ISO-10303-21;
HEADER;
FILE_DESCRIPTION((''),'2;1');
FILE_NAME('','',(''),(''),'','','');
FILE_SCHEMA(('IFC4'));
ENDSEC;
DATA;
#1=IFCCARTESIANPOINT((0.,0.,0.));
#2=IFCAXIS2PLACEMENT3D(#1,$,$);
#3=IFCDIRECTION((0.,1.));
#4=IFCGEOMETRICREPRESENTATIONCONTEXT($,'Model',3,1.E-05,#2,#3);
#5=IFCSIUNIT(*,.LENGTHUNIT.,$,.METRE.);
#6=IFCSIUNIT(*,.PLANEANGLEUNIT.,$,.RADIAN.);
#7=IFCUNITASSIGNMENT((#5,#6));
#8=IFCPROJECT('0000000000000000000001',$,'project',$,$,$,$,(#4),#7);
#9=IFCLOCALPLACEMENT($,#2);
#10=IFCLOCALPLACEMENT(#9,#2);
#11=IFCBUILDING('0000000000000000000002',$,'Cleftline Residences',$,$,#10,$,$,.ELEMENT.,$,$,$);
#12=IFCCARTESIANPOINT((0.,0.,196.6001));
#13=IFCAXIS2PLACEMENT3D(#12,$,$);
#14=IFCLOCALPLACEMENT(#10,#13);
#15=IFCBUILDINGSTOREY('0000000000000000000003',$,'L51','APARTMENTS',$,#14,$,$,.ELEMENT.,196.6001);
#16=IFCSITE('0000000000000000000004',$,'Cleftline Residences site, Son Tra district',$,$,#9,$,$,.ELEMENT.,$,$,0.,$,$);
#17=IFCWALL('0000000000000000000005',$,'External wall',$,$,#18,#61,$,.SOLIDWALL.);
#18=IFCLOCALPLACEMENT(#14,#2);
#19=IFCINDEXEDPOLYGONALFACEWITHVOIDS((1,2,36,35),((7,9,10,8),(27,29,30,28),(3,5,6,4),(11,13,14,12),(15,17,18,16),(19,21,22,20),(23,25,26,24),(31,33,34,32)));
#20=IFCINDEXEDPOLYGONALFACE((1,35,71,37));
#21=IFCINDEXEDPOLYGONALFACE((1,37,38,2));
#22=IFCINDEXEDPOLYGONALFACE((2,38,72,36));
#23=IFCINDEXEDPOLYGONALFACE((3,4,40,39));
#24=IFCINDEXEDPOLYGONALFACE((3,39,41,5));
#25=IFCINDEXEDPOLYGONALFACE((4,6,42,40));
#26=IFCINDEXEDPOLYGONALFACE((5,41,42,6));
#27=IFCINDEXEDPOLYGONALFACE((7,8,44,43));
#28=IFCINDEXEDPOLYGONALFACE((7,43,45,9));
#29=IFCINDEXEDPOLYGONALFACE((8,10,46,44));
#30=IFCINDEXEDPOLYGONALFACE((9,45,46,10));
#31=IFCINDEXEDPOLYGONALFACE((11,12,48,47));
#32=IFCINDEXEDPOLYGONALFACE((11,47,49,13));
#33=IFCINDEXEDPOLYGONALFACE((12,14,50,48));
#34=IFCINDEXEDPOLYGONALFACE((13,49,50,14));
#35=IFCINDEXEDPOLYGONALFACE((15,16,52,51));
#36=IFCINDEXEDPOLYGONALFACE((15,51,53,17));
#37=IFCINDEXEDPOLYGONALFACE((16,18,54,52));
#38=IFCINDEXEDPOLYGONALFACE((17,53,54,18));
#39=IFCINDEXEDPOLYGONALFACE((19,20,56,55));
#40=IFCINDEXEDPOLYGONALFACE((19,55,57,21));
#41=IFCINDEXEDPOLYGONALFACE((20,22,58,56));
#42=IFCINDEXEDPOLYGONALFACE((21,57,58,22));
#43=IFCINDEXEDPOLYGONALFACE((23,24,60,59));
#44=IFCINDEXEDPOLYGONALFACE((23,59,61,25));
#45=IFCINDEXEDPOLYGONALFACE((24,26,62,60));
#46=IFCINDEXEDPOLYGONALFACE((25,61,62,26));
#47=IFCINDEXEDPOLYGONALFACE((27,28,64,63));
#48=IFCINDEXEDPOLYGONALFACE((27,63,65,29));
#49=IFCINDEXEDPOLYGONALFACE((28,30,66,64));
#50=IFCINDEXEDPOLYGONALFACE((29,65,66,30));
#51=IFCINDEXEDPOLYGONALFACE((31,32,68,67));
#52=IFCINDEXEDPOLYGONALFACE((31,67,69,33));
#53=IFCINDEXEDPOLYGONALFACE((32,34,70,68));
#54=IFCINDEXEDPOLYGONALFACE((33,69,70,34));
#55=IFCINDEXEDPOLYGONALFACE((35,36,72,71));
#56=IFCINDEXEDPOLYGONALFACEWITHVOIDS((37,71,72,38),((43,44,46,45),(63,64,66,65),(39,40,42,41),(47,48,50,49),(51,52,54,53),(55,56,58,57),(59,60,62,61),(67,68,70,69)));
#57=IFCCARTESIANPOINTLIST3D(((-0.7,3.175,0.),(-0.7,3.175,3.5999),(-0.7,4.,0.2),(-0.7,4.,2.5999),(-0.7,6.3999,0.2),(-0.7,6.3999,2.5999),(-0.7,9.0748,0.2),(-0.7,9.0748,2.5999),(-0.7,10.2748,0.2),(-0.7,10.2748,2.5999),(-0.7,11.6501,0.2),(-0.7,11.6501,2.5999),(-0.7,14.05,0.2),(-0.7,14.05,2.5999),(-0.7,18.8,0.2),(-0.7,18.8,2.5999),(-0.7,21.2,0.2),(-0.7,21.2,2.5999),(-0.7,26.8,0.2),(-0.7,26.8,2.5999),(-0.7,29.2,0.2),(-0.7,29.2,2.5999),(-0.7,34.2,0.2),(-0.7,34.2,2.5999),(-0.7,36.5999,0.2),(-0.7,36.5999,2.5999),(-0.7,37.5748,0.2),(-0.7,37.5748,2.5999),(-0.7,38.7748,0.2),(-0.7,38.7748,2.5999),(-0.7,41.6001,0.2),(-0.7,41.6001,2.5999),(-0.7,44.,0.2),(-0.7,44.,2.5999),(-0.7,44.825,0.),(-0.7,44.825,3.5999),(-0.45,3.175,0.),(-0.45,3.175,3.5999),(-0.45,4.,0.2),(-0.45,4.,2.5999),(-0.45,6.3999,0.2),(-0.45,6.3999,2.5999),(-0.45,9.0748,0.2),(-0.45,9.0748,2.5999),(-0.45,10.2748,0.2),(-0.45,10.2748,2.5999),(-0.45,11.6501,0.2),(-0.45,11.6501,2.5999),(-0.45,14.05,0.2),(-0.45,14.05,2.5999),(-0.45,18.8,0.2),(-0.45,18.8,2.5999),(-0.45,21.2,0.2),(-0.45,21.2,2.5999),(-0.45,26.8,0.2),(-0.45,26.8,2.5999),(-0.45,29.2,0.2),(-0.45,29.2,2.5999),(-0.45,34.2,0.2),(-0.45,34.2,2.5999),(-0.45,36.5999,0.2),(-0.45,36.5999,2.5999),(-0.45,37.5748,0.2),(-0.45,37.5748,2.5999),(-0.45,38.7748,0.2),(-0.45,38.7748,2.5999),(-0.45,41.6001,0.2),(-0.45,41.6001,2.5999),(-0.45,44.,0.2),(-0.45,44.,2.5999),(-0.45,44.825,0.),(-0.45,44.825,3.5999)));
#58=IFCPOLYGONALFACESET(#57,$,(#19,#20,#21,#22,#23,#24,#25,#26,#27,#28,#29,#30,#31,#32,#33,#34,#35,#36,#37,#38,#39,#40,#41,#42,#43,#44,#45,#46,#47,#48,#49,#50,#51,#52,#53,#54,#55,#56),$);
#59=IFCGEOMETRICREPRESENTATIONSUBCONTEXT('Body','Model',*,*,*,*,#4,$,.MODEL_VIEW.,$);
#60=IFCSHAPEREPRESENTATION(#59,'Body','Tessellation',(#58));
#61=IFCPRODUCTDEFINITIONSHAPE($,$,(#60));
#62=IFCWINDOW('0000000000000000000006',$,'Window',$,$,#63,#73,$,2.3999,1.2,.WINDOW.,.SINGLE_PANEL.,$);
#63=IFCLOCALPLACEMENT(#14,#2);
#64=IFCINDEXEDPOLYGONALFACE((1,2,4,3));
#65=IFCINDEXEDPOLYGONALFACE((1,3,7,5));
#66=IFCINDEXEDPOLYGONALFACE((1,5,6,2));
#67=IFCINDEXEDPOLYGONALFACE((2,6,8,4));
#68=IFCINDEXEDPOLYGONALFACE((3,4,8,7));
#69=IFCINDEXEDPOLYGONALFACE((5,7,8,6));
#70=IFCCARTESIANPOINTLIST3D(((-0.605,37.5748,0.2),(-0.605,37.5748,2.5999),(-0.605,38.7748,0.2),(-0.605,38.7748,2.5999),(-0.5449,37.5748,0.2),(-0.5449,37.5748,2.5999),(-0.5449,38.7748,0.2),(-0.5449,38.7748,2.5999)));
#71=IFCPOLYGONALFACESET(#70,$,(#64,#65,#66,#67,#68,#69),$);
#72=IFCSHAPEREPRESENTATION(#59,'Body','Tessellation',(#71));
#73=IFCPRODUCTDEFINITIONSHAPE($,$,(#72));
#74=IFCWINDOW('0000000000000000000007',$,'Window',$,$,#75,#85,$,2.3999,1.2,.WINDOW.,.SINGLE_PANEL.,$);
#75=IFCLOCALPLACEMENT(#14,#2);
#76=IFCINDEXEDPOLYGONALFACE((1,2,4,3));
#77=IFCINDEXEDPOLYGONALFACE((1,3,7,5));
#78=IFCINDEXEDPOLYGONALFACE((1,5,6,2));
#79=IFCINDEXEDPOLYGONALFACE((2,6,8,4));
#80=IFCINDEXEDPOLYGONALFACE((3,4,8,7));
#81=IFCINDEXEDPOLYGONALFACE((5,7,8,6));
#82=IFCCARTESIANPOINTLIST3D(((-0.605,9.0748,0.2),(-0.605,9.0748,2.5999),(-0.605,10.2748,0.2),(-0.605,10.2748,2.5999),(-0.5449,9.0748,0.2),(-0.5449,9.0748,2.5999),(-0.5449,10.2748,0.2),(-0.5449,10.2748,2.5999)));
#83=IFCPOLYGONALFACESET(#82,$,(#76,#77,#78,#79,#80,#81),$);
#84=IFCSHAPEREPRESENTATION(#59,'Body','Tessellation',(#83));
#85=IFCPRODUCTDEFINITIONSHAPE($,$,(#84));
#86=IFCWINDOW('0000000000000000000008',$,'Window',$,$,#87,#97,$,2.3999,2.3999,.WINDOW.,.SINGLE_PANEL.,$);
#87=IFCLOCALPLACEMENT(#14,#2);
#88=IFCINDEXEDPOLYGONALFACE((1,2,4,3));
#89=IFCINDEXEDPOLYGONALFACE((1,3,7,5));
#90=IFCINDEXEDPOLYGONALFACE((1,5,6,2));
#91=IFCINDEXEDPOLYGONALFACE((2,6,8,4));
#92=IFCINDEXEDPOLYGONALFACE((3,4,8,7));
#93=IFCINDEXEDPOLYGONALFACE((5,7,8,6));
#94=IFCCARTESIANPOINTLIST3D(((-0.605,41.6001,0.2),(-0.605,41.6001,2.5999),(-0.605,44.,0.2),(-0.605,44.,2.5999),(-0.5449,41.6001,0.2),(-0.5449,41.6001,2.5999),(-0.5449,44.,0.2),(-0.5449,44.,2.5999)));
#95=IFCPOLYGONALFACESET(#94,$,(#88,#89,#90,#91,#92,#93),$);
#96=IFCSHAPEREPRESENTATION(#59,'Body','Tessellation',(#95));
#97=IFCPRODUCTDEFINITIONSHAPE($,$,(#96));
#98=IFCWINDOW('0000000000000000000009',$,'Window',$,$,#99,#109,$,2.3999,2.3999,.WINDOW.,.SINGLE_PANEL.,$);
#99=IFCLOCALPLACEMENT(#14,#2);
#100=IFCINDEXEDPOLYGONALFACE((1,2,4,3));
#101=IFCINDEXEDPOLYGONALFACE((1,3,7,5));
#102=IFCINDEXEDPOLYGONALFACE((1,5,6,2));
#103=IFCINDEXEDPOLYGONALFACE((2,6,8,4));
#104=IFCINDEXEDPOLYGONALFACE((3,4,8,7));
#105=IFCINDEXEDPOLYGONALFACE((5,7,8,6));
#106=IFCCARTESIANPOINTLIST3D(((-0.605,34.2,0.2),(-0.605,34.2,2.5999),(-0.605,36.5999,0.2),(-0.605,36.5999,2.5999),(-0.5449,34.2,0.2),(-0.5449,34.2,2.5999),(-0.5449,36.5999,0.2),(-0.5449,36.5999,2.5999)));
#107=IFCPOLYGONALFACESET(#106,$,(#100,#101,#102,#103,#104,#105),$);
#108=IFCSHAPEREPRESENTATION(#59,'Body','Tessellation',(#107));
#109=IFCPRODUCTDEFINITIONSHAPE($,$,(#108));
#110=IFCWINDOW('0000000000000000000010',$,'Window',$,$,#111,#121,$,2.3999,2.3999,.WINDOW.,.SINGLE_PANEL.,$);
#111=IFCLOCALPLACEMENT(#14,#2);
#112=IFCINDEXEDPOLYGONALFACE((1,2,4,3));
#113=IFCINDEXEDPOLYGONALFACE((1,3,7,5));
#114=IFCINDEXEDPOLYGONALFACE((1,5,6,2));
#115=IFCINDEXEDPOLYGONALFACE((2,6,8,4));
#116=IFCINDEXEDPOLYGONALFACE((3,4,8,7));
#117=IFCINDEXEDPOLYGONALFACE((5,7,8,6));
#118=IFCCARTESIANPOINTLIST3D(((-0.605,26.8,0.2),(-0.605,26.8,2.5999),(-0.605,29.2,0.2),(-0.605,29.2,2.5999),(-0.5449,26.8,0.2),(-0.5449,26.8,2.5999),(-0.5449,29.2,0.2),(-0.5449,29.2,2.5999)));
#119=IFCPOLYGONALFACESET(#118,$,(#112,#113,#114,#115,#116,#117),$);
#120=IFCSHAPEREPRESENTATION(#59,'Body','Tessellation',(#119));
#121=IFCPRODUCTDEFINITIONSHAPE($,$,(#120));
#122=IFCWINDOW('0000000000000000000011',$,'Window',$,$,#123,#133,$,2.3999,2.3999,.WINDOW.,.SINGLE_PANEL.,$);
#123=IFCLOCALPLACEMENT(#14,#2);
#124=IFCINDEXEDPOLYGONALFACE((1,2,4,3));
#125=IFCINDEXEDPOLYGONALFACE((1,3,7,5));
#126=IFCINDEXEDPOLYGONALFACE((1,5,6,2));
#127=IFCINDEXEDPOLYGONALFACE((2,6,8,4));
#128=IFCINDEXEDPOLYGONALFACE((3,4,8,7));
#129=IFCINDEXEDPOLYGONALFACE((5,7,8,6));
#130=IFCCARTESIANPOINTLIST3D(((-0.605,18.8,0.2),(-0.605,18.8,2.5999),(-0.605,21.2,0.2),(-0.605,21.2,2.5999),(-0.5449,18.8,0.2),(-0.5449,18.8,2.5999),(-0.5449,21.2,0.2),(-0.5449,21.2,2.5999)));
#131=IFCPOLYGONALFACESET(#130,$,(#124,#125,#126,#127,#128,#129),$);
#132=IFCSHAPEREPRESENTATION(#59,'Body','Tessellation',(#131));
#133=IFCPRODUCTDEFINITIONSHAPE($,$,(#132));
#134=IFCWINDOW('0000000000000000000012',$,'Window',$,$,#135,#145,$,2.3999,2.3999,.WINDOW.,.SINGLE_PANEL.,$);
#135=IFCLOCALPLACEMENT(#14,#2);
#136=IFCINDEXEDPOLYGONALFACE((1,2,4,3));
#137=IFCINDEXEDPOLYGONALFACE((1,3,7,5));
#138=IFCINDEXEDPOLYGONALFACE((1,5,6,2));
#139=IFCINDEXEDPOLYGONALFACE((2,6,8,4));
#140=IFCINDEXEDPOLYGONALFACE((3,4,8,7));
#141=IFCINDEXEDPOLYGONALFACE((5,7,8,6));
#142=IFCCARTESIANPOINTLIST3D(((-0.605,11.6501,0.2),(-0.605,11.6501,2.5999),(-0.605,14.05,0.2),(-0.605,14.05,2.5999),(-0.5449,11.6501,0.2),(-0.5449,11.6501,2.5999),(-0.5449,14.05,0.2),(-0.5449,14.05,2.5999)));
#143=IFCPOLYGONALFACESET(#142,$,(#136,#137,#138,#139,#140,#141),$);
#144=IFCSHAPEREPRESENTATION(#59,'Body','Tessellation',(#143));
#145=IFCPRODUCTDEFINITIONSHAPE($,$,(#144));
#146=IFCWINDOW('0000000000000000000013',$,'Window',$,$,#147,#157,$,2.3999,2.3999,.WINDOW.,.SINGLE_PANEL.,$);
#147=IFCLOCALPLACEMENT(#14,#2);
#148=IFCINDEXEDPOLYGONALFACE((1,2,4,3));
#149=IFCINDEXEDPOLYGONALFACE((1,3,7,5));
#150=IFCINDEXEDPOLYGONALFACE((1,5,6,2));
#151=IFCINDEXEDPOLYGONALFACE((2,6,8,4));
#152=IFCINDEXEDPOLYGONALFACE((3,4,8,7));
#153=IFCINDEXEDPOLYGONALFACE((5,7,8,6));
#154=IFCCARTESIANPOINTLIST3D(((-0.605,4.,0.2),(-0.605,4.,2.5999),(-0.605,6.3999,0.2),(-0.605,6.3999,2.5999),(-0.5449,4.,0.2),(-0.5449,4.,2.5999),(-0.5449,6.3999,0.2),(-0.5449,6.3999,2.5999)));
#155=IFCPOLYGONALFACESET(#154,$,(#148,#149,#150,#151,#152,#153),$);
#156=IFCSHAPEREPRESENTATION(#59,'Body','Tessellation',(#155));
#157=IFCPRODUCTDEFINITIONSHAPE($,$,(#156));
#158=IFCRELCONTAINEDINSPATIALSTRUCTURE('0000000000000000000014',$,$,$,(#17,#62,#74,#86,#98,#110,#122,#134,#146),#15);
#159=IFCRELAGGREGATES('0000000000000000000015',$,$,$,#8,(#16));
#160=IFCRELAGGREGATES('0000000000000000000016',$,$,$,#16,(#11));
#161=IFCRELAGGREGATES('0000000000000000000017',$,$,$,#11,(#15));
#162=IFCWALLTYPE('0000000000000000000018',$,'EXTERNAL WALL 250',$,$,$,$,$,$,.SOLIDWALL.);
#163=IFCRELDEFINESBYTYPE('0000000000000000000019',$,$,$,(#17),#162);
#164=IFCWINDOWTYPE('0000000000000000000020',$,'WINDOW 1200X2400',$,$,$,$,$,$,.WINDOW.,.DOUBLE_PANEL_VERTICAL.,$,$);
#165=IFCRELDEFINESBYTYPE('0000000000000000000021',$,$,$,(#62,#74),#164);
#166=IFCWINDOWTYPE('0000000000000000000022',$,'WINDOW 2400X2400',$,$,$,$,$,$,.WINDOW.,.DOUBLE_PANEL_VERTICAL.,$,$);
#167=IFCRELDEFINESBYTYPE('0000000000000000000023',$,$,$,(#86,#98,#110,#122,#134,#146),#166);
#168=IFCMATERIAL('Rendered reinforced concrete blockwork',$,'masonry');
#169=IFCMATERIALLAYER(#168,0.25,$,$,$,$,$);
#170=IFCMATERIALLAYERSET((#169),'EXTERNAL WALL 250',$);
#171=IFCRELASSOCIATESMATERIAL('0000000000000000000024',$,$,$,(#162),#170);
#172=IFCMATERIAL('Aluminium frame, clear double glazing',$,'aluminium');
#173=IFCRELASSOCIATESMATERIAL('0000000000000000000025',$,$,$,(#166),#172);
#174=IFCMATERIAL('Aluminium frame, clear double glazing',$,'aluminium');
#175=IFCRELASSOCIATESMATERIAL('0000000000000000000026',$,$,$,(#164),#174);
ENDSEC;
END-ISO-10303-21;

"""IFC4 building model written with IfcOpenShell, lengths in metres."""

from ifc_helpers import new_model, si_unit, direction, frame, frame_2d, origin, place, context, subcontext, project, spatial, rectangle, extrude, material, layer, layer_set, type_object, element, fill, save


model = new_model("IFC4")

# Units and contexts
model_context = context("Model", 3, precision=1e-05, world=origin(), true_north=direction((0.0, 1.0)))
body_context = subcontext(model_context, "Body", "Model", "MODEL_VIEW")
ifc_project = project(units=[si_unit("LENGTHUNIT", "METRE"), si_unit("PLANEANGLEUNIT", "RADIAN")], contexts=[model_context])

# Site, building, storey
site_placement = place(None, origin())
site = spatial("IfcSite", under=ifc_project, at=site_placement, Name="Cleftline Residences site, Son Tra district", CompositionType="ELEMENT", RefElevation=0.0)
building_placement = place(site_placement, origin())
building = spatial("IfcBuilding", under=site, at=building_placement, Name="Cleftline Residences", CompositionType="ELEMENT")
storey_placement = place(building_placement, frame((0.0, 0.0, 196.6001)))
storey = spatial("IfcBuildingStorey", under=building, at=storey_placement, Name="L51", Description="APARTMENTS", CompositionType="ELEMENT", Elevation=196.6001)

# Shared definitions
ifc_material_1 = material(Name="Rendered reinforced concrete blockwork", Category="masonry")
ifc_layer_1 = layer(ifc_material_1, 0.25)
ifc_layer_set_1 = layer_set([ifc_layer_1], Name="EXTERNAL WALL 250")
wall_type_1 = type_object("IfcWallType", Name="EXTERNAL WALL 250", PredefinedType="SOLIDWALL", material=ifc_layer_set_1)
ifc_material_2 = material(Name="Aluminium frame, clear double glazing", Category="aluminium")
window_type_1 = type_object("IfcWindowType", Name="WINDOW 2400X2400", PartitioningType="DOUBLE_PANEL_VERTICAL", PredefinedType="WINDOW", material=ifc_material_2)

# Wall, openings, windows
wall_1_placement = place(storey_placement, frame((-0.575, 44.825, 0.0), z_axis=(0.0, 0.0, 1.0), x_axis=(0.0, -1.0, 0.0)))
wall_1 = element("IfcWall", 1, at=wall_1_placement, inside=storey, type_object=wall_type_1, Name="External wall", PredefinedType="SOLIDWALL", context=body_context, shape_type="SweptSolid", body=[
    extrude(rectangle(XDim=41.6499, YDim=0.25, at=frame_2d((20.825, 0.0))), origin(), (0.0, 0.0, 1.0), 3.5999),
])
opening_1_placement = place(wall_1_placement, frame((0.825, 0.0, 0.2)))
opening_1 = element("IfcOpeningElement", 2, at=opening_1_placement, cuts=wall_1, PredefinedType="OPENING", context=body_context, shape_type="SweptSolid", body=[
    extrude(rectangle(XDim=2.3999, YDim=2.3999, at=frame_2d((1.2, 1.2))), frame((0.0, 0.135, 0.0), z_axis=(0.0, -1.0, 0.0), x_axis=(1.0, 0.0, 0.0)), (0.0, 0.0, 1.0), 0.27),
])
opening_2_placement = place(wall_1_placement, frame((6.05, 0.0, 0.2)))
opening_2 = element("IfcOpeningElement", 3, at=opening_2_placement, cuts=wall_1, PredefinedType="OPENING", context=body_context, shape_type="SweptSolid", body=[
    extrude(rectangle(XDim=1.2, YDim=2.3999, at=frame_2d((0.6001, 1.2))), frame((0.0, 0.135, 0.0), z_axis=(0.0, -1.0, 0.0), x_axis=(1.0, 0.0, 0.0)), (0.0, 0.0, 1.0), 0.27),
])
opening_3_placement = place(wall_1_placement, frame((8.2251, 0.0, 0.2)))
opening_3 = element("IfcOpeningElement", 4, at=opening_3_placement, cuts=wall_1, PredefinedType="OPENING", context=body_context, shape_type="SweptSolid", body=[
    extrude(rectangle(XDim=2.3999, YDim=2.3999, at=frame_2d((1.2, 1.2))), frame((0.0, 0.135, 0.0), z_axis=(0.0, -1.0, 0.0), x_axis=(1.0, 0.0, 0.0)), (0.0, 0.0, 1.0), 0.27),
])
opening_4_placement = place(wall_1_placement, frame((15.625, 0.0, 0.2)))
opening_4 = element("IfcOpeningElement", 5, at=opening_4_placement, cuts=wall_1, PredefinedType="OPENING", context=body_context, shape_type="SweptSolid", body=[
    extrude(rectangle(XDim=2.3999, YDim=2.3999, at=frame_2d((1.2, 1.2))), frame((0.0, 0.135, 0.0), z_axis=(0.0, -1.0, 0.0), x_axis=(1.0, 0.0, 0.0)), (0.0, 0.0, 1.0), 0.27),
])
opening_5_placement = place(wall_1_placement, frame((23.625, 0.0, 0.2)))
opening_5 = element("IfcOpeningElement", 6, at=opening_5_placement, cuts=wall_1, PredefinedType="OPENING", context=body_context, shape_type="SweptSolid", body=[
    extrude(rectangle(XDim=2.3999, YDim=2.3999, at=frame_2d((1.2, 1.2))), frame((0.0, 0.135, 0.0), z_axis=(0.0, -1.0, 0.0), x_axis=(1.0, 0.0, 0.0)), (0.0, 0.0, 1.0), 0.27),
])
opening_6_placement = place(wall_1_placement, frame((30.7749, 0.0, 0.2)))
opening_6 = element("IfcOpeningElement", 7, at=opening_6_placement, cuts=wall_1, PredefinedType="OPENING", context=body_context, shape_type="SweptSolid", body=[
    extrude(rectangle(XDim=2.3999, YDim=2.3999, at=frame_2d((1.2, 1.2))), frame((0.0, 0.135, 0.0), z_axis=(0.0, -1.0, 0.0), x_axis=(1.0, 0.0, 0.0)), (0.0, 0.0, 1.0), 0.27),
])
opening_7_placement = place(wall_1_placement, frame((34.55, 0.0, 0.2)))
opening_7 = element("IfcOpeningElement", 8, at=opening_7_placement, cuts=wall_1, PredefinedType="OPENING", context=body_context, shape_type="SweptSolid", body=[
    extrude(rectangle(XDim=1.2, YDim=2.3999, at=frame_2d((0.6001, 1.2))), frame((0.0, 0.135, 0.0), z_axis=(0.0, -1.0, 0.0), x_axis=(1.0, 0.0, 0.0)), (0.0, 0.0, 1.0), 0.27),
])
opening_8_placement = place(wall_1_placement, frame((38.425, 0.0, 0.2)))
opening_8 = element("IfcOpeningElement", 9, at=opening_8_placement, cuts=wall_1, PredefinedType="OPENING", context=body_context, shape_type="SweptSolid", body=[
    extrude(rectangle(XDim=2.3999, YDim=2.3999, at=frame_2d((1.2, 1.2))), frame((0.0, 0.135, 0.0), z_axis=(0.0, -1.0, 0.0), x_axis=(1.0, 0.0, 0.0)), (0.0, 0.0, 1.0), 0.27),
])
ifc_material_3 = material(Name="Aluminium frame, clear double glazing", Category="aluminium")
window_type_2 = type_object("IfcWindowType", Name="WINDOW 1200X2400", PartitioningType="DOUBLE_PANEL_VERTICAL", PredefinedType="WINDOW", material=ifc_material_3)
window_1_placement = place(opening_2_placement, origin())
window_1 = element("IfcWindow", 10, at=window_1_placement, inside=storey, type_object=window_type_2, Name="Window", OverallHeight=2.3999, OverallWidth=1.2, PartitioningType="SINGLE_PANEL", PredefinedType="WINDOW", context=body_context, shape_type="SweptSolid", body=[
    extrude(rectangle(XDim=1.2, YDim=2.3999, at=frame_2d((0.6001, 1.2))), frame((0.0, 0.03, 0.0), z_axis=(0.0, -1.0, 0.0), x_axis=(1.0, 0.0, 0.0)), (0.0, 0.0, 1.0), 0.0601),
])
fill(opening_2, window_1)
window_2_placement = place(opening_7_placement, origin())
window_2 = element("IfcWindow", 11, at=window_2_placement, inside=storey, type_object=window_type_2, Name="Window", OverallHeight=2.3999, OverallWidth=1.2, PartitioningType="SINGLE_PANEL", PredefinedType="WINDOW", context=body_context, shape_type="SweptSolid", body=[
    extrude(rectangle(XDim=1.2, YDim=2.3999, at=frame_2d((0.6001, 1.2))), frame((0.0, 0.03, 0.0), z_axis=(0.0, -1.0, 0.0), x_axis=(1.0, 0.0, 0.0)), (0.0, 0.0, 1.0), 0.0601),
])
fill(opening_7, window_2)
window_3_placement = place(opening_1_placement, origin())
window_3 = element("IfcWindow", 12, at=window_3_placement, inside=storey, type_object=window_type_1, Name="Window", OverallHeight=2.3999, OverallWidth=2.3999, PartitioningType="SINGLE_PANEL", PredefinedType="WINDOW", context=body_context, shape_type="SweptSolid", body=[
    extrude(rectangle(XDim=2.3999, YDim=2.3999, at=frame_2d((1.2, 1.2))), frame((0.0, 0.03, 0.0), z_axis=(0.0, -1.0, 0.0), x_axis=(1.0, 0.0, 0.0)), (0.0, 0.0, 1.0), 0.0601),
])
fill(opening_1, window_3)
window_4_placement = place(opening_3_placement, origin())
window_4 = element("IfcWindow", 13, at=window_4_placement, inside=storey, type_object=window_type_1, Name="Window", OverallHeight=2.3999, OverallWidth=2.3999, PartitioningType="SINGLE_PANEL", PredefinedType="WINDOW", context=body_context, shape_type="SweptSolid", body=[
    extrude(rectangle(XDim=2.3999, YDim=2.3999, at=frame_2d((1.2, 1.2))), frame((0.0, 0.03, 0.0), z_axis=(0.0, -1.0, 0.0), x_axis=(1.0, 0.0, 0.0)), (0.0, 0.0, 1.0), 0.0601),
])
fill(opening_3, window_4)
window_5_placement = place(opening_4_placement, origin())
window_5 = element("IfcWindow", 14, at=window_5_placement, inside=storey, type_object=window_type_1, Name="Window", OverallHeight=2.3999, OverallWidth=2.3999, PartitioningType="SINGLE_PANEL", PredefinedType="WINDOW", context=body_context, shape_type="SweptSolid", body=[
    extrude(rectangle(XDim=2.3999, YDim=2.3999, at=frame_2d((1.2, 1.2))), frame((0.0, 0.03, 0.0), z_axis=(0.0, -1.0, 0.0), x_axis=(1.0, 0.0, 0.0)), (0.0, 0.0, 1.0), 0.0601),
])
fill(opening_4, window_5)
window_6_placement = place(opening_5_placement, origin())
window_6 = element("IfcWindow", 15, at=window_6_placement, inside=storey, type_object=window_type_1, Name="Window", OverallHeight=2.3999, OverallWidth=2.3999, PartitioningType="SINGLE_PANEL", PredefinedType="WINDOW", context=body_context, shape_type="SweptSolid", body=[
    extrude(rectangle(XDim=2.3999, YDim=2.3999, at=frame_2d((1.2, 1.2))), frame((0.0, 0.03, 0.0), z_axis=(0.0, -1.0, 0.0), x_axis=(1.0, 0.0, 0.0)), (0.0, 0.0, 1.0), 0.0601),
])
fill(opening_5, window_6)
window_7_placement = place(opening_6_placement, origin())
window_7 = element("IfcWindow", 16, at=window_7_placement, inside=storey, type_object=window_type_1, Name="Window", OverallHeight=2.3999, OverallWidth=2.3999, PartitioningType="SINGLE_PANEL", PredefinedType="WINDOW", context=body_context, shape_type="SweptSolid", body=[
    extrude(rectangle(XDim=2.3999, YDim=2.3999, at=frame_2d((1.2, 1.2))), frame((0.0, 0.03, 0.0), z_axis=(0.0, -1.0, 0.0), x_axis=(1.0, 0.0, 0.0)), (0.0, 0.0, 1.0), 0.0601),
])
fill(opening_6, window_7)
window_8_placement = place(opening_8_placement, origin())
window_8 = element("IfcWindow", 17, at=window_8_placement, inside=storey, type_object=window_type_1, Name="Window", OverallHeight=2.3999, OverallWidth=2.3999, PartitioningType="SINGLE_PANEL", PredefinedType="WINDOW", context=body_context, shape_type="SweptSolid", body=[
    extrude(rectangle(XDim=2.3999, YDim=2.3999, at=frame_2d((1.2, 1.2))), frame((0.0, 0.03, 0.0), z_axis=(0.0, -1.0, 0.0), x_axis=(1.0, 0.0, 0.0)), (0.0, 0.0, 1.0), 0.0601),
])
fill(opening_8, window_8)

save(model, "model.ifc")
